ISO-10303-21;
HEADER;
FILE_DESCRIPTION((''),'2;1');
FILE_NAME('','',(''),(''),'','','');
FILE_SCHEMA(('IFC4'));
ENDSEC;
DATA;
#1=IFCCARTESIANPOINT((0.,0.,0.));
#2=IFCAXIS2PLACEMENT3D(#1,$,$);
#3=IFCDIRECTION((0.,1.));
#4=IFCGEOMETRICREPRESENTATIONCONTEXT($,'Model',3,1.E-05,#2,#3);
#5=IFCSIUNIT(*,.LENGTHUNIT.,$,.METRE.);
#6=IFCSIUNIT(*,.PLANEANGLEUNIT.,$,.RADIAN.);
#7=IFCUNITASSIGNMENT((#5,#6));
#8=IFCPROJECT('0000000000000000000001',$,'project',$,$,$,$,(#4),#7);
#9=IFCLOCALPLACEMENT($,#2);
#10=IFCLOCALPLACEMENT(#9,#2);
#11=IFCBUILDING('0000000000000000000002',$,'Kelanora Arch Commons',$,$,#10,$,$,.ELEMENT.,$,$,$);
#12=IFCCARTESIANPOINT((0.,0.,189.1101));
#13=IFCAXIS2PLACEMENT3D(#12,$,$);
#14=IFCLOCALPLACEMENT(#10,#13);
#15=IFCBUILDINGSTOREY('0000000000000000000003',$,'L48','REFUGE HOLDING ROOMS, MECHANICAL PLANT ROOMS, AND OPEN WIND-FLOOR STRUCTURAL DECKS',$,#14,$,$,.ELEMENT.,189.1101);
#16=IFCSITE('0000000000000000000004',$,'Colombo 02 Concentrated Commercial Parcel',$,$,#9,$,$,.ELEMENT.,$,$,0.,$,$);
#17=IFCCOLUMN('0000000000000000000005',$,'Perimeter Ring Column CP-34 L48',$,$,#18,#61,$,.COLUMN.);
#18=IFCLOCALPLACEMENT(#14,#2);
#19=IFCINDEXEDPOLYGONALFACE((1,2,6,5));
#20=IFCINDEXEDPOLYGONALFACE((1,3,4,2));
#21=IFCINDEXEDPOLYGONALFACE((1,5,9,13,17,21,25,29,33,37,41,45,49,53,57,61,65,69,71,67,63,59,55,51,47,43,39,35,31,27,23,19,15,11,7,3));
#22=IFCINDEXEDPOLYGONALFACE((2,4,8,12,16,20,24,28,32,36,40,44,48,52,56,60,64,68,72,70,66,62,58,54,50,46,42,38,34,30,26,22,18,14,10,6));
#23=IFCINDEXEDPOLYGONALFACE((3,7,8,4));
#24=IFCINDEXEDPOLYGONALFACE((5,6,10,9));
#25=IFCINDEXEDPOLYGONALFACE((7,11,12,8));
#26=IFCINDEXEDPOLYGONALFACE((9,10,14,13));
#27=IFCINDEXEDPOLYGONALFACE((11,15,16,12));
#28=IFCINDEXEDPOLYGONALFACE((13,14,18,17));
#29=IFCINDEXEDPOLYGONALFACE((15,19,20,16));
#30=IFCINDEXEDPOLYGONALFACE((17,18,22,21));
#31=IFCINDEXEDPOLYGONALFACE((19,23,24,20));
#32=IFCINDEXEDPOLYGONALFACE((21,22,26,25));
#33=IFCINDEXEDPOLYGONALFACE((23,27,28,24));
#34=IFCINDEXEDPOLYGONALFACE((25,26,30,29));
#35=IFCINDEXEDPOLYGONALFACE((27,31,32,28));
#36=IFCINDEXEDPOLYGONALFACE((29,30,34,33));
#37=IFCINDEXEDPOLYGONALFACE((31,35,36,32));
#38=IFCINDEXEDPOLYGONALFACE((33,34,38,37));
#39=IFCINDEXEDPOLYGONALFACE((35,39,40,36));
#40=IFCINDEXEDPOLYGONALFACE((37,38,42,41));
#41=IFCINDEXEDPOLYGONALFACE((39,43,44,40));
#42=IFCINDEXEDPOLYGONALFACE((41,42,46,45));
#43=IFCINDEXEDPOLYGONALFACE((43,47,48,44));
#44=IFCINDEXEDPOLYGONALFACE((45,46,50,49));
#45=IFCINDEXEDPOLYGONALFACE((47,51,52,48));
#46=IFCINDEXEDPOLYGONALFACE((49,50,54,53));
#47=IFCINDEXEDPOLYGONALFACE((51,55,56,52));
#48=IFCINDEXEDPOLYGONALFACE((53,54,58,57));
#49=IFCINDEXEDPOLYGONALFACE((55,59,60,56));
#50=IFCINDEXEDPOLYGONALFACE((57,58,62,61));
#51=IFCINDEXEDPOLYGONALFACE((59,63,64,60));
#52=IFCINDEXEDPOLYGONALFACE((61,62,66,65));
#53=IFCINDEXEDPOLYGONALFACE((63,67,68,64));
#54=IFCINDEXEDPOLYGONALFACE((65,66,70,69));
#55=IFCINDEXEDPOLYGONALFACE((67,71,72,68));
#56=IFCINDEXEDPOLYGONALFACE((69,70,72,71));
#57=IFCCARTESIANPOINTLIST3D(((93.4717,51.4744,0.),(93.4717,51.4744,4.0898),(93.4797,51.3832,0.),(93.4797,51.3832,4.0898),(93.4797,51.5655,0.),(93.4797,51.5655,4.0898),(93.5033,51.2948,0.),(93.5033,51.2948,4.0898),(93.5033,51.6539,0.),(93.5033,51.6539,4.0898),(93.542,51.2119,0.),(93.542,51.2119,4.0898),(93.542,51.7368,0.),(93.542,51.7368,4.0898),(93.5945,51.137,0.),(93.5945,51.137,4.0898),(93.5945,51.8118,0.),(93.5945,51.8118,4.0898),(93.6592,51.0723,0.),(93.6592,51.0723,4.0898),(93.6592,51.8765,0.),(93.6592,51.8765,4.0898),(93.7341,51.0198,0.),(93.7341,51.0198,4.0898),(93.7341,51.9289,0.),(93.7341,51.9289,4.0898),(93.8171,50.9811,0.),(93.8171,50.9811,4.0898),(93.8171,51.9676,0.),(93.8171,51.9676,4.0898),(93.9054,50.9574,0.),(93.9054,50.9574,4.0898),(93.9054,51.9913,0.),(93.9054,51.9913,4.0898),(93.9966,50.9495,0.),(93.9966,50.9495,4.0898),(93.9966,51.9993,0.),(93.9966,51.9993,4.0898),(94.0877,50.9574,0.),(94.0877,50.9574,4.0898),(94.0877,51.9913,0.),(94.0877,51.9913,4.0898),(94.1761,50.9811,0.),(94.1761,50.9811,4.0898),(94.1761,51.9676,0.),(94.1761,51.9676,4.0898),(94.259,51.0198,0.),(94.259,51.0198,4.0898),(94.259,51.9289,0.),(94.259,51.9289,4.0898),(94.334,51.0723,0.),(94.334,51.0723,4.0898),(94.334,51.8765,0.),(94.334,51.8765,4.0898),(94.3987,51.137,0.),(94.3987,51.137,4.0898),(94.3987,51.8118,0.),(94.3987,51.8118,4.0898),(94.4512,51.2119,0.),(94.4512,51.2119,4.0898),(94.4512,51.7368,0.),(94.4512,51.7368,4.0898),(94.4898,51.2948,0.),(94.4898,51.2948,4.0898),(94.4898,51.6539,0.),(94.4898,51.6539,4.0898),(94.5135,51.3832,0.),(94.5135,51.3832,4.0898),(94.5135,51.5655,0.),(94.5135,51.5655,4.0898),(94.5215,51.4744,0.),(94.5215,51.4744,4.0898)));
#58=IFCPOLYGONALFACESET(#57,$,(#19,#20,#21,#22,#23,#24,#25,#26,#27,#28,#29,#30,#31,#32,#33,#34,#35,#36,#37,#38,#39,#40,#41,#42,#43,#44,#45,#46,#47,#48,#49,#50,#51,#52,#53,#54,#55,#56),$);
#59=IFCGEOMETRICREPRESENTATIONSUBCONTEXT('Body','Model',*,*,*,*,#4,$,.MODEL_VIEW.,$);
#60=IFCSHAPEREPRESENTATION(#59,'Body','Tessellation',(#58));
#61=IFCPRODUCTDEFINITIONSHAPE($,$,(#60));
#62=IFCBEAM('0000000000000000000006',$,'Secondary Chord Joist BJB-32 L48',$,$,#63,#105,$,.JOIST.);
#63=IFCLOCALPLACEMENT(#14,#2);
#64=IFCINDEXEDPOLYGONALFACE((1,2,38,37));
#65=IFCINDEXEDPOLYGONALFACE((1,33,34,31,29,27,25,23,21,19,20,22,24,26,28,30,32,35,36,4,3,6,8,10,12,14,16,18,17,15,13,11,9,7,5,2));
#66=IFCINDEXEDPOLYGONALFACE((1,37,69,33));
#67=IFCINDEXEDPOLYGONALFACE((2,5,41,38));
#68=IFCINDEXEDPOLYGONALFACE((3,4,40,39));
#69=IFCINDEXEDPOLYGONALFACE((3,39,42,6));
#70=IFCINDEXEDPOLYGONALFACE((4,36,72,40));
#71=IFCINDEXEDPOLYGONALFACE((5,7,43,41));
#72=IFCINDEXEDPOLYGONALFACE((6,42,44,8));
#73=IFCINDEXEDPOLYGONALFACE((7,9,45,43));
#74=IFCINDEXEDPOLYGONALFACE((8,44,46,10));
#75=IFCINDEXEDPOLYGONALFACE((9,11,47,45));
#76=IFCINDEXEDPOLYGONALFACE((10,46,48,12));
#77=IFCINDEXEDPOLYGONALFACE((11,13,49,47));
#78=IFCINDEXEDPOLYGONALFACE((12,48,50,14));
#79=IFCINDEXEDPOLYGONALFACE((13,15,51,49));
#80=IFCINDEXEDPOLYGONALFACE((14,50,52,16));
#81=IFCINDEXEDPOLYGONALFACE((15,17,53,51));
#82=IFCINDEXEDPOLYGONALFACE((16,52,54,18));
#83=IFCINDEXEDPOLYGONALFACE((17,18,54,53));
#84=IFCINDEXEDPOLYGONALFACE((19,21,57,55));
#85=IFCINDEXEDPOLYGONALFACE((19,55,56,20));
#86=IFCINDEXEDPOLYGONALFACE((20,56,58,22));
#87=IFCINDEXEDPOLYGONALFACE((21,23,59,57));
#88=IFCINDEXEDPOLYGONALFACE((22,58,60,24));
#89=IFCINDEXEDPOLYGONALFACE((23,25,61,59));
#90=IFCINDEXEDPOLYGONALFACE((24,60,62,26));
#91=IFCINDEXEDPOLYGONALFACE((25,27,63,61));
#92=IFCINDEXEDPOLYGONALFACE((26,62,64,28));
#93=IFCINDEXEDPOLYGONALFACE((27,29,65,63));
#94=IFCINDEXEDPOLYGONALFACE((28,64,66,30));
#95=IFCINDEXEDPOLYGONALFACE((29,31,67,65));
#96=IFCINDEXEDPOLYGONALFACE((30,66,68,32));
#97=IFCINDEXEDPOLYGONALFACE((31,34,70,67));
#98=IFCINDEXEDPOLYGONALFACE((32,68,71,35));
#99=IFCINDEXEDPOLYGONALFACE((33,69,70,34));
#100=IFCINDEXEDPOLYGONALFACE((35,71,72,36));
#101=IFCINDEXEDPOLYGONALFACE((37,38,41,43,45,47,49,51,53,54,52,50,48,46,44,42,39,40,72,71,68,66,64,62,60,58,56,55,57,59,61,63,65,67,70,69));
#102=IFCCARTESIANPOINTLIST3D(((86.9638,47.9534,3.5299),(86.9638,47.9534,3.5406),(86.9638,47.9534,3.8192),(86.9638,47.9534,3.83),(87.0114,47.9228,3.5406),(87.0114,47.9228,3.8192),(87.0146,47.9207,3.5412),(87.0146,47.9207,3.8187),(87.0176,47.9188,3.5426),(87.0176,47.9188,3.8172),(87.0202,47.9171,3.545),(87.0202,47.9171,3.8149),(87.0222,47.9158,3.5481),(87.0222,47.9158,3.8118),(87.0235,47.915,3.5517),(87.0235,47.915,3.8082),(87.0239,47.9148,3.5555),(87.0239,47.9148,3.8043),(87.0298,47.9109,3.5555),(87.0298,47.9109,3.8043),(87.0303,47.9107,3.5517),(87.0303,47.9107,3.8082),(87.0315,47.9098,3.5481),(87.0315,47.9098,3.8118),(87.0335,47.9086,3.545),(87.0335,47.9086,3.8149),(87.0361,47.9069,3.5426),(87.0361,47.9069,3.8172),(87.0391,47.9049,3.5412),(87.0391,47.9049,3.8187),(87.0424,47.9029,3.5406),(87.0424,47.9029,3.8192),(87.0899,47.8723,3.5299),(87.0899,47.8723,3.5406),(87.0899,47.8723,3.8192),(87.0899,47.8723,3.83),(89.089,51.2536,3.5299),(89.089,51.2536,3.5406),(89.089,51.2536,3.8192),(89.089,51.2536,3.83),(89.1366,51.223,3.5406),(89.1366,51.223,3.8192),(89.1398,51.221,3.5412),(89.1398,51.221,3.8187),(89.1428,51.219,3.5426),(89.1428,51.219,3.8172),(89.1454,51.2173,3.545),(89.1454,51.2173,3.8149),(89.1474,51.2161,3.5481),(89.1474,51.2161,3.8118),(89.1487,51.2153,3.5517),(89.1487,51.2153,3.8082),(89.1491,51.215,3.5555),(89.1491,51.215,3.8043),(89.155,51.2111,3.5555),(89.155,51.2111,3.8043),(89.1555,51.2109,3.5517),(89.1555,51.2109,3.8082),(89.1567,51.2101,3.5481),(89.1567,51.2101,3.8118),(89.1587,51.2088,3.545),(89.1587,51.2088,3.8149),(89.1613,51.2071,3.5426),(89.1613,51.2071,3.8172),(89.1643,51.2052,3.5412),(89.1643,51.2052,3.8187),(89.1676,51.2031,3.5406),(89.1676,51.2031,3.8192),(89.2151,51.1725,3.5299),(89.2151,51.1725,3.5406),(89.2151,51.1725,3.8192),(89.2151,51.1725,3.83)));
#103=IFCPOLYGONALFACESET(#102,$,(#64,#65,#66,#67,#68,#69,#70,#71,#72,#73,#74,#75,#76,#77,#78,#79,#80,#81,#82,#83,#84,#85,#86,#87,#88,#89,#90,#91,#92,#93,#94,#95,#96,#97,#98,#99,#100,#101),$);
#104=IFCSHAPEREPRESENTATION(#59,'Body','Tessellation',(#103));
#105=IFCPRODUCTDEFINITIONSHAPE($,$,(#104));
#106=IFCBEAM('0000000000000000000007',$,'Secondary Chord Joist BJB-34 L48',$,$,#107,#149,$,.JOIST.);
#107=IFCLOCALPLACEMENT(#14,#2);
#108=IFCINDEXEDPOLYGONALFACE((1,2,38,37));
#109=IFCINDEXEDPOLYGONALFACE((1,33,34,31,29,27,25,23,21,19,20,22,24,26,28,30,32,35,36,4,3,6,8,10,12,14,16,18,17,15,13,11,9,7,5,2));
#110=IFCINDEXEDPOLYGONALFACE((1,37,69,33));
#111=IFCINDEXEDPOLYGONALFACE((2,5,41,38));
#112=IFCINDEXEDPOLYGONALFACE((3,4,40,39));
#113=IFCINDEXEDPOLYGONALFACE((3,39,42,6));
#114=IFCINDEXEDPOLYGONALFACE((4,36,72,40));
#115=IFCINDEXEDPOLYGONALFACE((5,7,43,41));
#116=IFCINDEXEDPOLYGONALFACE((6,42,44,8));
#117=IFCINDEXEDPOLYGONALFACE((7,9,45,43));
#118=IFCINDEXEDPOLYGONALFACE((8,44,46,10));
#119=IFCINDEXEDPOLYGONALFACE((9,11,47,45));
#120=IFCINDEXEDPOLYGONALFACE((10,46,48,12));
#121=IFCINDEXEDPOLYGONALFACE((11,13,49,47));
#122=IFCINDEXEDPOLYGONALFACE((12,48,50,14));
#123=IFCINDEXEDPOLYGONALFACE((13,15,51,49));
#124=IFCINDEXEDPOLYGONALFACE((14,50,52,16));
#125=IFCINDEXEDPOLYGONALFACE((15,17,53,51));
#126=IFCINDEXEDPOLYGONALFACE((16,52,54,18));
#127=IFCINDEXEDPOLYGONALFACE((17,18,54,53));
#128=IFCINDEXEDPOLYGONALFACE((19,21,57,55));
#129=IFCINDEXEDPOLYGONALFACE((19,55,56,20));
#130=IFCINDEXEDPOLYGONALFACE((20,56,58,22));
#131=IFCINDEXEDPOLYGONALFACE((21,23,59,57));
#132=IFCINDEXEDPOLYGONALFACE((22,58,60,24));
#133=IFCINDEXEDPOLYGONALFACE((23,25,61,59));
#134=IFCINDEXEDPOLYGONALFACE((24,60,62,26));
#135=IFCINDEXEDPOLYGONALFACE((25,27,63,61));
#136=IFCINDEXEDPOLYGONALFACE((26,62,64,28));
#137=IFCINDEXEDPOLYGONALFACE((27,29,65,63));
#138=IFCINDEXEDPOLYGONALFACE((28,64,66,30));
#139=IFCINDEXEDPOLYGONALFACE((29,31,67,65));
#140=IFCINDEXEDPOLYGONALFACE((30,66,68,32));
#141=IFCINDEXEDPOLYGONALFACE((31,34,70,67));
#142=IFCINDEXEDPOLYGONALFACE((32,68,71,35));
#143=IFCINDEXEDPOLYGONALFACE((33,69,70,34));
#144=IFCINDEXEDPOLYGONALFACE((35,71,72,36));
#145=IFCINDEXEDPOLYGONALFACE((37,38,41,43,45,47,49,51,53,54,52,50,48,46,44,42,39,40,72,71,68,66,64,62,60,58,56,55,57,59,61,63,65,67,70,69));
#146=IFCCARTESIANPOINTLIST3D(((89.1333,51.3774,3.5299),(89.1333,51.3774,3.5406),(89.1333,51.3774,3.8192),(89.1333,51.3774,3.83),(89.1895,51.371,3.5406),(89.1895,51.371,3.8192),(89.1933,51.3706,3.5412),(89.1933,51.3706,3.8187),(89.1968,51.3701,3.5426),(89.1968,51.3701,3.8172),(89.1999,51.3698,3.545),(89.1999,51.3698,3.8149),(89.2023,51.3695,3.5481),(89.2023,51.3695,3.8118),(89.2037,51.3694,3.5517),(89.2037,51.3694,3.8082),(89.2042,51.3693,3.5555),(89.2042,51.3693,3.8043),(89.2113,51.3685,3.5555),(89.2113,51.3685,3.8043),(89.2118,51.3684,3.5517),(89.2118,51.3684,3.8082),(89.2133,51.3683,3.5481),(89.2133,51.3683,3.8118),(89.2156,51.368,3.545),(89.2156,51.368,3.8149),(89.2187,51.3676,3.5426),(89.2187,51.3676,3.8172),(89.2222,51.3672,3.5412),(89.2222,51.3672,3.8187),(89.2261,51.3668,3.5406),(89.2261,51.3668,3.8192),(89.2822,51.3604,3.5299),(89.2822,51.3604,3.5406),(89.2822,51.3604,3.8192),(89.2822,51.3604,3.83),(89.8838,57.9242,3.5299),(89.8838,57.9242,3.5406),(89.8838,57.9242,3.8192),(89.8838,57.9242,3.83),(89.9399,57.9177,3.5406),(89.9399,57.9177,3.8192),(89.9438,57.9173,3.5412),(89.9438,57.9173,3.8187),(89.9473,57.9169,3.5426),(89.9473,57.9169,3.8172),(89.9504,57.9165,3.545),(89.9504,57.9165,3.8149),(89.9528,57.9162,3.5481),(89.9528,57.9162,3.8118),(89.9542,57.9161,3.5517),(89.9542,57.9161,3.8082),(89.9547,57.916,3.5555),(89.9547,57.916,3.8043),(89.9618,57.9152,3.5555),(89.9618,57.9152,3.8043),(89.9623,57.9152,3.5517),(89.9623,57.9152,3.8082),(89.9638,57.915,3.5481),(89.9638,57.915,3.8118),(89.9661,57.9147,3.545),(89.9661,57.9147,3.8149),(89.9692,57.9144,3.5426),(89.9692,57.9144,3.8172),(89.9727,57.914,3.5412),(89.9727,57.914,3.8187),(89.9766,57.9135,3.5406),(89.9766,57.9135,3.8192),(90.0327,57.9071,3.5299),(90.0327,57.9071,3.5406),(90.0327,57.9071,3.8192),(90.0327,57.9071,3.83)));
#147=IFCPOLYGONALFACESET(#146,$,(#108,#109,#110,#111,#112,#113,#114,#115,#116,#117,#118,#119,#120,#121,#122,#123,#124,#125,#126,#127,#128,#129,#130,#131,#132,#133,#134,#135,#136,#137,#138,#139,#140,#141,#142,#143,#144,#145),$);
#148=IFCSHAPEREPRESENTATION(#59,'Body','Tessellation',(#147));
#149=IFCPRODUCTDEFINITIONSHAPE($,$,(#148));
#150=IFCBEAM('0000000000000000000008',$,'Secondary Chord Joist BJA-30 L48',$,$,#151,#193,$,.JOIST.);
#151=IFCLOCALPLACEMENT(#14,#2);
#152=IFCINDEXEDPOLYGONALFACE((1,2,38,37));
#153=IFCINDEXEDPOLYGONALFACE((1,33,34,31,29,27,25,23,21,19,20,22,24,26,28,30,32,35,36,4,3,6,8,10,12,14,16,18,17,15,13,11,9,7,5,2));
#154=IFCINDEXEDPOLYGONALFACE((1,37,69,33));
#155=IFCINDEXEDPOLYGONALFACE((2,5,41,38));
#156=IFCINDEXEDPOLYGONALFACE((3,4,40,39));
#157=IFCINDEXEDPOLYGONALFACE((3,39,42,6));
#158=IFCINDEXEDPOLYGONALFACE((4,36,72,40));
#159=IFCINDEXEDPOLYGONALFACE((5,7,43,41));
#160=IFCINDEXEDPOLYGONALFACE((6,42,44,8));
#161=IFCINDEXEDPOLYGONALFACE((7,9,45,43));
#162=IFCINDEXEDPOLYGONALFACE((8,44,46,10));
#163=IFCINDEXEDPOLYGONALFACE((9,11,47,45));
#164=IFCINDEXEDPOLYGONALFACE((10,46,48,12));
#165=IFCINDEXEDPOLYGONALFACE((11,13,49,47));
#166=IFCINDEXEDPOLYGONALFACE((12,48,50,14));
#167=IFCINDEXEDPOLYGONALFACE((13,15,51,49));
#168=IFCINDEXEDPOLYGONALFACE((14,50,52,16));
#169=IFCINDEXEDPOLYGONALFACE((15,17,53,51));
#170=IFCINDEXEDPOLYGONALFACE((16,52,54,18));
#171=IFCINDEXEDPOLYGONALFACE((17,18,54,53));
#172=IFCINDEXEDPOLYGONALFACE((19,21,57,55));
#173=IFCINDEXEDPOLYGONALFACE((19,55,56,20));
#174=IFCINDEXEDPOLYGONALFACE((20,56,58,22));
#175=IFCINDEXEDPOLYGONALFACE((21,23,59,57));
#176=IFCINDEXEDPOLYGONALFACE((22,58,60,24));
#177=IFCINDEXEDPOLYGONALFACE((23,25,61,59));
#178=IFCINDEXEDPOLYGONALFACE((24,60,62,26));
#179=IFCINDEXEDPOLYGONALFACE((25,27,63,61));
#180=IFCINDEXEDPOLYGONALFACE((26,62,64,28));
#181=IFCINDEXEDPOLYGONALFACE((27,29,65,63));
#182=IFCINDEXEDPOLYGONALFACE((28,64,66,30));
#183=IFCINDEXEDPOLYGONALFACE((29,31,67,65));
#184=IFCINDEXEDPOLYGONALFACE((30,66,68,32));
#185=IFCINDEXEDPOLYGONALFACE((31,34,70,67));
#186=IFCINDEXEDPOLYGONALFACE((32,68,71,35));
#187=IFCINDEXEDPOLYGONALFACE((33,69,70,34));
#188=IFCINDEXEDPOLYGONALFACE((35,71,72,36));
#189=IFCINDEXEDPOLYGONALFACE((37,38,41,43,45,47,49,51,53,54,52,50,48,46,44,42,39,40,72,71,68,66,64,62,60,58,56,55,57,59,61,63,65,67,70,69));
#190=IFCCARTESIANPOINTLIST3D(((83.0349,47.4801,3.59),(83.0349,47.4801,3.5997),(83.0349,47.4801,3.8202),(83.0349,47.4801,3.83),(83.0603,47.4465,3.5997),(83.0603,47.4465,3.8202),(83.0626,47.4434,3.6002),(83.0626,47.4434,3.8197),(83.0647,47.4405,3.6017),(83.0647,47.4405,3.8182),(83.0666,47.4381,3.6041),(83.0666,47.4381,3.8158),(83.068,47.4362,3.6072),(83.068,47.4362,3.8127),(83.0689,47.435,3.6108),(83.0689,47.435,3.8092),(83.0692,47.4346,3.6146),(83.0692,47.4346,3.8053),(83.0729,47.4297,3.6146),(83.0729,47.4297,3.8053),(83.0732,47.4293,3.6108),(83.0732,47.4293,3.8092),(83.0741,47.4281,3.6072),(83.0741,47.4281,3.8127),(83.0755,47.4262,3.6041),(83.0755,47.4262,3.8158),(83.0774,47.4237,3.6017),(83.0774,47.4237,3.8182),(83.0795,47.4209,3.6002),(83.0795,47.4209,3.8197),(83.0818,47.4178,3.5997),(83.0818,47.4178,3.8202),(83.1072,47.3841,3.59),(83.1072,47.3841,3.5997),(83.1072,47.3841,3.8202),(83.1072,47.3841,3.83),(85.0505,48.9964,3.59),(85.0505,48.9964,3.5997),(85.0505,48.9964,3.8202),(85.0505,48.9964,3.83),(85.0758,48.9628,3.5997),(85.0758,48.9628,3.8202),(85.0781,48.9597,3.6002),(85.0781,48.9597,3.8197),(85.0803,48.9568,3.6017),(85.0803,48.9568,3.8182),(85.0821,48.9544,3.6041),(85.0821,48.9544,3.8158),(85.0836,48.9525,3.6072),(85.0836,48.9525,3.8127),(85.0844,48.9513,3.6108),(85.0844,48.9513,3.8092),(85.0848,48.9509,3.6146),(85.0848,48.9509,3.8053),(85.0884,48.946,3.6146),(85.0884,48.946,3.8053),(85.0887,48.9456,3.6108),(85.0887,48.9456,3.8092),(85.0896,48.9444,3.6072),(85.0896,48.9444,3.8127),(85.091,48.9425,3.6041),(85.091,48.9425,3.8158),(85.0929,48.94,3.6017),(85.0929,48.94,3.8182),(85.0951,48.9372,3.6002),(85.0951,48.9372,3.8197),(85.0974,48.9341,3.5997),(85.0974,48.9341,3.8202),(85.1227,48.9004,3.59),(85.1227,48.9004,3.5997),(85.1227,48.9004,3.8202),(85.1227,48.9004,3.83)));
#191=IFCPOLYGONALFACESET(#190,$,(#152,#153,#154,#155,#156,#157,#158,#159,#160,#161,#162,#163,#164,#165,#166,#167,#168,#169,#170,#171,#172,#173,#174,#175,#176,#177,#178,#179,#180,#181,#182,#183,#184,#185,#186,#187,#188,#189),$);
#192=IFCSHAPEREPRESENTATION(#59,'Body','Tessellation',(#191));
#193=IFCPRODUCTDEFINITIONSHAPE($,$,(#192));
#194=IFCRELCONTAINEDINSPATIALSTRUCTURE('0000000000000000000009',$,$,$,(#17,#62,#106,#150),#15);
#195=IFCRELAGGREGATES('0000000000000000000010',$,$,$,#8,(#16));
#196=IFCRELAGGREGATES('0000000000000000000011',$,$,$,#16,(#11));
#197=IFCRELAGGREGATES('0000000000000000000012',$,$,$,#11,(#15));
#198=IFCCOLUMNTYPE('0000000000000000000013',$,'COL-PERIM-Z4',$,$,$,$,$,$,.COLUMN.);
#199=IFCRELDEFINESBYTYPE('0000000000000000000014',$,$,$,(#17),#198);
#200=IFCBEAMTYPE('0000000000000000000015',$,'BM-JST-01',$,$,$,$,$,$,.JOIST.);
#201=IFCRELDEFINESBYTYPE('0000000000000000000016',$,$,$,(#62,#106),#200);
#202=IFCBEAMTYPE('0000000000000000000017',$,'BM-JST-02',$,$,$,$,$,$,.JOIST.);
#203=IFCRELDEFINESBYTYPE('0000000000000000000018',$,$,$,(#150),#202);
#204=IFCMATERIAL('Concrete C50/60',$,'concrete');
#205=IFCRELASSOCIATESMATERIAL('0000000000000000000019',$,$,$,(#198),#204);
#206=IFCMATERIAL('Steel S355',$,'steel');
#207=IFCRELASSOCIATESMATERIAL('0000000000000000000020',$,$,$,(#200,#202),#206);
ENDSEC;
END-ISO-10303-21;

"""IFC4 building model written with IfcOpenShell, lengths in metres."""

from ifc_helpers import new_model, si_unit, direction, frame, origin, origin_2d, place, context, subcontext, project, spatial, circle, i_section, extrude, material, material_profile, profile_set, type_object, element, save


model = new_model("IFC4")

# Units and contexts
model_context = context("Model", 3, precision=1e-05, world=origin(), true_north=direction((0.0, 1.0)))
body_context = subcontext(model_context, "Body", "Model", "MODEL_VIEW")
ifc_project = project(units=[si_unit("LENGTHUNIT", "METRE"), si_unit("PLANEANGLEUNIT", "RADIAN")], contexts=[model_context])

# Site, building, storey
site_placement = place(None, origin())
site = spatial("IfcSite", under=ifc_project, at=site_placement, Name="Colombo 02 Concentrated Commercial Parcel", CompositionType="ELEMENT", RefElevation=0.0)
building_placement = place(site_placement, origin())
building = spatial("IfcBuilding", under=site, at=building_placement, Name="Kelanora Arch Commons", CompositionType="ELEMENT")
storey_placement = place(building_placement, frame((0.0, 0.0, 189.1101)))
storey = spatial("IfcBuildingStorey", under=building, at=storey_placement, Name="L48", Description="REFUGE HOLDING ROOMS, MECHANICAL PLANT ROOMS, AND OPEN WIND-FLOOR STRUCTURAL DECKS", CompositionType="ELEMENT", Elevation=189.1101)

# Column
ifc_material_1 = material(Name="Concrete C50/60", Category="concrete")
ifc_material_profile_1 = material_profile(ifc_material_1, circle(Radius=0.5249, at=origin_2d()), Name="RCC1050")
ifc_profile_set_1 = profile_set([ifc_material_profile_1], Name="Concrete C50/60")
column_type = type_object("IfcColumnType", Name="COL-PERIM-Z4", PredefinedType="COLUMN", material=ifc_profile_set_1)
column_placement = place(storey_placement, frame((93.9966, 51.4744, 0.0), z_axis=(0.0, 0.0, 1.0), x_axis=(1.0, 0.0, 0.0)))
element("IfcColumn", 1, at=column_placement, inside=storey, type_object=column_type, Name="Perimeter Ring Column CP-34 L48", PredefinedType="COLUMN", context=body_context, shape_type="SweptSolid", body=[
    extrude(circle(Radius=0.5249, at=origin_2d()), origin(), (0.0, 0.0, 1.0), 4.0898),
])

# Beams
ifc_material_2 = material(Name="Steel S355", Category="steel")
ifc_material_profile_2 = material_profile(ifc_material_2, i_section(OverallWidth=0.1499, OverallDepth=0.3, WebThickness=0.0071, FlangeThickness=0.0107, FilletRadius=0.0149, at=origin_2d()), Name="IPE300")
ifc_profile_set_2 = profile_set([ifc_material_profile_2], Name="Steel S355")
beam_type_1 = type_object("IfcBeamType", Name="BM-JST-01", PredefinedType="JOIST", material=ifc_profile_set_2)
beam_1_placement = place(storey_placement, frame((87.0269, 47.9128, 3.6799), z_axis=(0.541411, 0.840758, 0.0), x_axis=(-0.840758, 0.541411, 0.0)))
element("IfcBeam", 2, at=beam_1_placement, inside=storey, type_object=beam_type_1, Name="Secondary Chord Joist BJB-32 L48", PredefinedType="JOIST", context=body_context, shape_type="SweptSolid", body=[
    extrude(i_section(OverallWidth=0.1499, OverallDepth=0.3, WebThickness=0.0071, FlangeThickness=0.0107, FilletRadius=0.0149, at=origin_2d()), origin(), (0.0, 0.0, 1.0), 3.9253),
])
beam_2_placement = place(storey_placement, frame((89.2078, 51.3689, 3.6799), z_axis=(0.113891, 0.993493, 0.0), x_axis=(-0.993493, 0.113891, 0.0)))
element("IfcBeam", 3, at=beam_2_placement, inside=storey, type_object=beam_type_1, Name="Secondary Chord Joist BJB-34 L48", PredefinedType="JOIST", context=body_context, shape_type="SweptSolid", body=[
    extrude(i_section(OverallWidth=0.1499, OverallDepth=0.3, WebThickness=0.0071, FlangeThickness=0.0107, FilletRadius=0.0149, at=origin_2d()), origin(), (0.0, 0.0, 1.0), 6.5896),
])
ifc_material_profile_3 = material_profile(ifc_material_2, i_section(OverallWidth=0.1201, OverallDepth=0.24, WebThickness=0.0061, FlangeThickness=0.0098, FilletRadius=0.0149, at=origin_2d()), Name="IPE240")
ifc_profile_set_3 = profile_set([ifc_material_profile_3], Name="Steel S355")
beam_type_2 = type_object("IfcBeamType", Name="BM-JST-02", PredefinedType="JOIST", material=ifc_profile_set_3)
beam_3_placement = place(storey_placement, frame((83.071, 47.4321, 3.71), z_axis=(0.799116, 0.601176, 0.0), x_axis=(-0.601176, 0.799116, 0.0)))
element("IfcBeam", 4, at=beam_3_placement, inside=storey, type_object=beam_type_2, Name="Secondary Chord Joist BJA-30 L48", PredefinedType="JOIST", context=body_context, shape_type="SweptSolid", body=[
    extrude(i_section(OverallWidth=0.1201, OverallDepth=0.24, WebThickness=0.0061, FlangeThickness=0.0098, FilletRadius=0.0149, at=origin_2d()), origin(), (0.0, 0.0, 1.0), 2.5222),
])

save(model, "model.ifc")
